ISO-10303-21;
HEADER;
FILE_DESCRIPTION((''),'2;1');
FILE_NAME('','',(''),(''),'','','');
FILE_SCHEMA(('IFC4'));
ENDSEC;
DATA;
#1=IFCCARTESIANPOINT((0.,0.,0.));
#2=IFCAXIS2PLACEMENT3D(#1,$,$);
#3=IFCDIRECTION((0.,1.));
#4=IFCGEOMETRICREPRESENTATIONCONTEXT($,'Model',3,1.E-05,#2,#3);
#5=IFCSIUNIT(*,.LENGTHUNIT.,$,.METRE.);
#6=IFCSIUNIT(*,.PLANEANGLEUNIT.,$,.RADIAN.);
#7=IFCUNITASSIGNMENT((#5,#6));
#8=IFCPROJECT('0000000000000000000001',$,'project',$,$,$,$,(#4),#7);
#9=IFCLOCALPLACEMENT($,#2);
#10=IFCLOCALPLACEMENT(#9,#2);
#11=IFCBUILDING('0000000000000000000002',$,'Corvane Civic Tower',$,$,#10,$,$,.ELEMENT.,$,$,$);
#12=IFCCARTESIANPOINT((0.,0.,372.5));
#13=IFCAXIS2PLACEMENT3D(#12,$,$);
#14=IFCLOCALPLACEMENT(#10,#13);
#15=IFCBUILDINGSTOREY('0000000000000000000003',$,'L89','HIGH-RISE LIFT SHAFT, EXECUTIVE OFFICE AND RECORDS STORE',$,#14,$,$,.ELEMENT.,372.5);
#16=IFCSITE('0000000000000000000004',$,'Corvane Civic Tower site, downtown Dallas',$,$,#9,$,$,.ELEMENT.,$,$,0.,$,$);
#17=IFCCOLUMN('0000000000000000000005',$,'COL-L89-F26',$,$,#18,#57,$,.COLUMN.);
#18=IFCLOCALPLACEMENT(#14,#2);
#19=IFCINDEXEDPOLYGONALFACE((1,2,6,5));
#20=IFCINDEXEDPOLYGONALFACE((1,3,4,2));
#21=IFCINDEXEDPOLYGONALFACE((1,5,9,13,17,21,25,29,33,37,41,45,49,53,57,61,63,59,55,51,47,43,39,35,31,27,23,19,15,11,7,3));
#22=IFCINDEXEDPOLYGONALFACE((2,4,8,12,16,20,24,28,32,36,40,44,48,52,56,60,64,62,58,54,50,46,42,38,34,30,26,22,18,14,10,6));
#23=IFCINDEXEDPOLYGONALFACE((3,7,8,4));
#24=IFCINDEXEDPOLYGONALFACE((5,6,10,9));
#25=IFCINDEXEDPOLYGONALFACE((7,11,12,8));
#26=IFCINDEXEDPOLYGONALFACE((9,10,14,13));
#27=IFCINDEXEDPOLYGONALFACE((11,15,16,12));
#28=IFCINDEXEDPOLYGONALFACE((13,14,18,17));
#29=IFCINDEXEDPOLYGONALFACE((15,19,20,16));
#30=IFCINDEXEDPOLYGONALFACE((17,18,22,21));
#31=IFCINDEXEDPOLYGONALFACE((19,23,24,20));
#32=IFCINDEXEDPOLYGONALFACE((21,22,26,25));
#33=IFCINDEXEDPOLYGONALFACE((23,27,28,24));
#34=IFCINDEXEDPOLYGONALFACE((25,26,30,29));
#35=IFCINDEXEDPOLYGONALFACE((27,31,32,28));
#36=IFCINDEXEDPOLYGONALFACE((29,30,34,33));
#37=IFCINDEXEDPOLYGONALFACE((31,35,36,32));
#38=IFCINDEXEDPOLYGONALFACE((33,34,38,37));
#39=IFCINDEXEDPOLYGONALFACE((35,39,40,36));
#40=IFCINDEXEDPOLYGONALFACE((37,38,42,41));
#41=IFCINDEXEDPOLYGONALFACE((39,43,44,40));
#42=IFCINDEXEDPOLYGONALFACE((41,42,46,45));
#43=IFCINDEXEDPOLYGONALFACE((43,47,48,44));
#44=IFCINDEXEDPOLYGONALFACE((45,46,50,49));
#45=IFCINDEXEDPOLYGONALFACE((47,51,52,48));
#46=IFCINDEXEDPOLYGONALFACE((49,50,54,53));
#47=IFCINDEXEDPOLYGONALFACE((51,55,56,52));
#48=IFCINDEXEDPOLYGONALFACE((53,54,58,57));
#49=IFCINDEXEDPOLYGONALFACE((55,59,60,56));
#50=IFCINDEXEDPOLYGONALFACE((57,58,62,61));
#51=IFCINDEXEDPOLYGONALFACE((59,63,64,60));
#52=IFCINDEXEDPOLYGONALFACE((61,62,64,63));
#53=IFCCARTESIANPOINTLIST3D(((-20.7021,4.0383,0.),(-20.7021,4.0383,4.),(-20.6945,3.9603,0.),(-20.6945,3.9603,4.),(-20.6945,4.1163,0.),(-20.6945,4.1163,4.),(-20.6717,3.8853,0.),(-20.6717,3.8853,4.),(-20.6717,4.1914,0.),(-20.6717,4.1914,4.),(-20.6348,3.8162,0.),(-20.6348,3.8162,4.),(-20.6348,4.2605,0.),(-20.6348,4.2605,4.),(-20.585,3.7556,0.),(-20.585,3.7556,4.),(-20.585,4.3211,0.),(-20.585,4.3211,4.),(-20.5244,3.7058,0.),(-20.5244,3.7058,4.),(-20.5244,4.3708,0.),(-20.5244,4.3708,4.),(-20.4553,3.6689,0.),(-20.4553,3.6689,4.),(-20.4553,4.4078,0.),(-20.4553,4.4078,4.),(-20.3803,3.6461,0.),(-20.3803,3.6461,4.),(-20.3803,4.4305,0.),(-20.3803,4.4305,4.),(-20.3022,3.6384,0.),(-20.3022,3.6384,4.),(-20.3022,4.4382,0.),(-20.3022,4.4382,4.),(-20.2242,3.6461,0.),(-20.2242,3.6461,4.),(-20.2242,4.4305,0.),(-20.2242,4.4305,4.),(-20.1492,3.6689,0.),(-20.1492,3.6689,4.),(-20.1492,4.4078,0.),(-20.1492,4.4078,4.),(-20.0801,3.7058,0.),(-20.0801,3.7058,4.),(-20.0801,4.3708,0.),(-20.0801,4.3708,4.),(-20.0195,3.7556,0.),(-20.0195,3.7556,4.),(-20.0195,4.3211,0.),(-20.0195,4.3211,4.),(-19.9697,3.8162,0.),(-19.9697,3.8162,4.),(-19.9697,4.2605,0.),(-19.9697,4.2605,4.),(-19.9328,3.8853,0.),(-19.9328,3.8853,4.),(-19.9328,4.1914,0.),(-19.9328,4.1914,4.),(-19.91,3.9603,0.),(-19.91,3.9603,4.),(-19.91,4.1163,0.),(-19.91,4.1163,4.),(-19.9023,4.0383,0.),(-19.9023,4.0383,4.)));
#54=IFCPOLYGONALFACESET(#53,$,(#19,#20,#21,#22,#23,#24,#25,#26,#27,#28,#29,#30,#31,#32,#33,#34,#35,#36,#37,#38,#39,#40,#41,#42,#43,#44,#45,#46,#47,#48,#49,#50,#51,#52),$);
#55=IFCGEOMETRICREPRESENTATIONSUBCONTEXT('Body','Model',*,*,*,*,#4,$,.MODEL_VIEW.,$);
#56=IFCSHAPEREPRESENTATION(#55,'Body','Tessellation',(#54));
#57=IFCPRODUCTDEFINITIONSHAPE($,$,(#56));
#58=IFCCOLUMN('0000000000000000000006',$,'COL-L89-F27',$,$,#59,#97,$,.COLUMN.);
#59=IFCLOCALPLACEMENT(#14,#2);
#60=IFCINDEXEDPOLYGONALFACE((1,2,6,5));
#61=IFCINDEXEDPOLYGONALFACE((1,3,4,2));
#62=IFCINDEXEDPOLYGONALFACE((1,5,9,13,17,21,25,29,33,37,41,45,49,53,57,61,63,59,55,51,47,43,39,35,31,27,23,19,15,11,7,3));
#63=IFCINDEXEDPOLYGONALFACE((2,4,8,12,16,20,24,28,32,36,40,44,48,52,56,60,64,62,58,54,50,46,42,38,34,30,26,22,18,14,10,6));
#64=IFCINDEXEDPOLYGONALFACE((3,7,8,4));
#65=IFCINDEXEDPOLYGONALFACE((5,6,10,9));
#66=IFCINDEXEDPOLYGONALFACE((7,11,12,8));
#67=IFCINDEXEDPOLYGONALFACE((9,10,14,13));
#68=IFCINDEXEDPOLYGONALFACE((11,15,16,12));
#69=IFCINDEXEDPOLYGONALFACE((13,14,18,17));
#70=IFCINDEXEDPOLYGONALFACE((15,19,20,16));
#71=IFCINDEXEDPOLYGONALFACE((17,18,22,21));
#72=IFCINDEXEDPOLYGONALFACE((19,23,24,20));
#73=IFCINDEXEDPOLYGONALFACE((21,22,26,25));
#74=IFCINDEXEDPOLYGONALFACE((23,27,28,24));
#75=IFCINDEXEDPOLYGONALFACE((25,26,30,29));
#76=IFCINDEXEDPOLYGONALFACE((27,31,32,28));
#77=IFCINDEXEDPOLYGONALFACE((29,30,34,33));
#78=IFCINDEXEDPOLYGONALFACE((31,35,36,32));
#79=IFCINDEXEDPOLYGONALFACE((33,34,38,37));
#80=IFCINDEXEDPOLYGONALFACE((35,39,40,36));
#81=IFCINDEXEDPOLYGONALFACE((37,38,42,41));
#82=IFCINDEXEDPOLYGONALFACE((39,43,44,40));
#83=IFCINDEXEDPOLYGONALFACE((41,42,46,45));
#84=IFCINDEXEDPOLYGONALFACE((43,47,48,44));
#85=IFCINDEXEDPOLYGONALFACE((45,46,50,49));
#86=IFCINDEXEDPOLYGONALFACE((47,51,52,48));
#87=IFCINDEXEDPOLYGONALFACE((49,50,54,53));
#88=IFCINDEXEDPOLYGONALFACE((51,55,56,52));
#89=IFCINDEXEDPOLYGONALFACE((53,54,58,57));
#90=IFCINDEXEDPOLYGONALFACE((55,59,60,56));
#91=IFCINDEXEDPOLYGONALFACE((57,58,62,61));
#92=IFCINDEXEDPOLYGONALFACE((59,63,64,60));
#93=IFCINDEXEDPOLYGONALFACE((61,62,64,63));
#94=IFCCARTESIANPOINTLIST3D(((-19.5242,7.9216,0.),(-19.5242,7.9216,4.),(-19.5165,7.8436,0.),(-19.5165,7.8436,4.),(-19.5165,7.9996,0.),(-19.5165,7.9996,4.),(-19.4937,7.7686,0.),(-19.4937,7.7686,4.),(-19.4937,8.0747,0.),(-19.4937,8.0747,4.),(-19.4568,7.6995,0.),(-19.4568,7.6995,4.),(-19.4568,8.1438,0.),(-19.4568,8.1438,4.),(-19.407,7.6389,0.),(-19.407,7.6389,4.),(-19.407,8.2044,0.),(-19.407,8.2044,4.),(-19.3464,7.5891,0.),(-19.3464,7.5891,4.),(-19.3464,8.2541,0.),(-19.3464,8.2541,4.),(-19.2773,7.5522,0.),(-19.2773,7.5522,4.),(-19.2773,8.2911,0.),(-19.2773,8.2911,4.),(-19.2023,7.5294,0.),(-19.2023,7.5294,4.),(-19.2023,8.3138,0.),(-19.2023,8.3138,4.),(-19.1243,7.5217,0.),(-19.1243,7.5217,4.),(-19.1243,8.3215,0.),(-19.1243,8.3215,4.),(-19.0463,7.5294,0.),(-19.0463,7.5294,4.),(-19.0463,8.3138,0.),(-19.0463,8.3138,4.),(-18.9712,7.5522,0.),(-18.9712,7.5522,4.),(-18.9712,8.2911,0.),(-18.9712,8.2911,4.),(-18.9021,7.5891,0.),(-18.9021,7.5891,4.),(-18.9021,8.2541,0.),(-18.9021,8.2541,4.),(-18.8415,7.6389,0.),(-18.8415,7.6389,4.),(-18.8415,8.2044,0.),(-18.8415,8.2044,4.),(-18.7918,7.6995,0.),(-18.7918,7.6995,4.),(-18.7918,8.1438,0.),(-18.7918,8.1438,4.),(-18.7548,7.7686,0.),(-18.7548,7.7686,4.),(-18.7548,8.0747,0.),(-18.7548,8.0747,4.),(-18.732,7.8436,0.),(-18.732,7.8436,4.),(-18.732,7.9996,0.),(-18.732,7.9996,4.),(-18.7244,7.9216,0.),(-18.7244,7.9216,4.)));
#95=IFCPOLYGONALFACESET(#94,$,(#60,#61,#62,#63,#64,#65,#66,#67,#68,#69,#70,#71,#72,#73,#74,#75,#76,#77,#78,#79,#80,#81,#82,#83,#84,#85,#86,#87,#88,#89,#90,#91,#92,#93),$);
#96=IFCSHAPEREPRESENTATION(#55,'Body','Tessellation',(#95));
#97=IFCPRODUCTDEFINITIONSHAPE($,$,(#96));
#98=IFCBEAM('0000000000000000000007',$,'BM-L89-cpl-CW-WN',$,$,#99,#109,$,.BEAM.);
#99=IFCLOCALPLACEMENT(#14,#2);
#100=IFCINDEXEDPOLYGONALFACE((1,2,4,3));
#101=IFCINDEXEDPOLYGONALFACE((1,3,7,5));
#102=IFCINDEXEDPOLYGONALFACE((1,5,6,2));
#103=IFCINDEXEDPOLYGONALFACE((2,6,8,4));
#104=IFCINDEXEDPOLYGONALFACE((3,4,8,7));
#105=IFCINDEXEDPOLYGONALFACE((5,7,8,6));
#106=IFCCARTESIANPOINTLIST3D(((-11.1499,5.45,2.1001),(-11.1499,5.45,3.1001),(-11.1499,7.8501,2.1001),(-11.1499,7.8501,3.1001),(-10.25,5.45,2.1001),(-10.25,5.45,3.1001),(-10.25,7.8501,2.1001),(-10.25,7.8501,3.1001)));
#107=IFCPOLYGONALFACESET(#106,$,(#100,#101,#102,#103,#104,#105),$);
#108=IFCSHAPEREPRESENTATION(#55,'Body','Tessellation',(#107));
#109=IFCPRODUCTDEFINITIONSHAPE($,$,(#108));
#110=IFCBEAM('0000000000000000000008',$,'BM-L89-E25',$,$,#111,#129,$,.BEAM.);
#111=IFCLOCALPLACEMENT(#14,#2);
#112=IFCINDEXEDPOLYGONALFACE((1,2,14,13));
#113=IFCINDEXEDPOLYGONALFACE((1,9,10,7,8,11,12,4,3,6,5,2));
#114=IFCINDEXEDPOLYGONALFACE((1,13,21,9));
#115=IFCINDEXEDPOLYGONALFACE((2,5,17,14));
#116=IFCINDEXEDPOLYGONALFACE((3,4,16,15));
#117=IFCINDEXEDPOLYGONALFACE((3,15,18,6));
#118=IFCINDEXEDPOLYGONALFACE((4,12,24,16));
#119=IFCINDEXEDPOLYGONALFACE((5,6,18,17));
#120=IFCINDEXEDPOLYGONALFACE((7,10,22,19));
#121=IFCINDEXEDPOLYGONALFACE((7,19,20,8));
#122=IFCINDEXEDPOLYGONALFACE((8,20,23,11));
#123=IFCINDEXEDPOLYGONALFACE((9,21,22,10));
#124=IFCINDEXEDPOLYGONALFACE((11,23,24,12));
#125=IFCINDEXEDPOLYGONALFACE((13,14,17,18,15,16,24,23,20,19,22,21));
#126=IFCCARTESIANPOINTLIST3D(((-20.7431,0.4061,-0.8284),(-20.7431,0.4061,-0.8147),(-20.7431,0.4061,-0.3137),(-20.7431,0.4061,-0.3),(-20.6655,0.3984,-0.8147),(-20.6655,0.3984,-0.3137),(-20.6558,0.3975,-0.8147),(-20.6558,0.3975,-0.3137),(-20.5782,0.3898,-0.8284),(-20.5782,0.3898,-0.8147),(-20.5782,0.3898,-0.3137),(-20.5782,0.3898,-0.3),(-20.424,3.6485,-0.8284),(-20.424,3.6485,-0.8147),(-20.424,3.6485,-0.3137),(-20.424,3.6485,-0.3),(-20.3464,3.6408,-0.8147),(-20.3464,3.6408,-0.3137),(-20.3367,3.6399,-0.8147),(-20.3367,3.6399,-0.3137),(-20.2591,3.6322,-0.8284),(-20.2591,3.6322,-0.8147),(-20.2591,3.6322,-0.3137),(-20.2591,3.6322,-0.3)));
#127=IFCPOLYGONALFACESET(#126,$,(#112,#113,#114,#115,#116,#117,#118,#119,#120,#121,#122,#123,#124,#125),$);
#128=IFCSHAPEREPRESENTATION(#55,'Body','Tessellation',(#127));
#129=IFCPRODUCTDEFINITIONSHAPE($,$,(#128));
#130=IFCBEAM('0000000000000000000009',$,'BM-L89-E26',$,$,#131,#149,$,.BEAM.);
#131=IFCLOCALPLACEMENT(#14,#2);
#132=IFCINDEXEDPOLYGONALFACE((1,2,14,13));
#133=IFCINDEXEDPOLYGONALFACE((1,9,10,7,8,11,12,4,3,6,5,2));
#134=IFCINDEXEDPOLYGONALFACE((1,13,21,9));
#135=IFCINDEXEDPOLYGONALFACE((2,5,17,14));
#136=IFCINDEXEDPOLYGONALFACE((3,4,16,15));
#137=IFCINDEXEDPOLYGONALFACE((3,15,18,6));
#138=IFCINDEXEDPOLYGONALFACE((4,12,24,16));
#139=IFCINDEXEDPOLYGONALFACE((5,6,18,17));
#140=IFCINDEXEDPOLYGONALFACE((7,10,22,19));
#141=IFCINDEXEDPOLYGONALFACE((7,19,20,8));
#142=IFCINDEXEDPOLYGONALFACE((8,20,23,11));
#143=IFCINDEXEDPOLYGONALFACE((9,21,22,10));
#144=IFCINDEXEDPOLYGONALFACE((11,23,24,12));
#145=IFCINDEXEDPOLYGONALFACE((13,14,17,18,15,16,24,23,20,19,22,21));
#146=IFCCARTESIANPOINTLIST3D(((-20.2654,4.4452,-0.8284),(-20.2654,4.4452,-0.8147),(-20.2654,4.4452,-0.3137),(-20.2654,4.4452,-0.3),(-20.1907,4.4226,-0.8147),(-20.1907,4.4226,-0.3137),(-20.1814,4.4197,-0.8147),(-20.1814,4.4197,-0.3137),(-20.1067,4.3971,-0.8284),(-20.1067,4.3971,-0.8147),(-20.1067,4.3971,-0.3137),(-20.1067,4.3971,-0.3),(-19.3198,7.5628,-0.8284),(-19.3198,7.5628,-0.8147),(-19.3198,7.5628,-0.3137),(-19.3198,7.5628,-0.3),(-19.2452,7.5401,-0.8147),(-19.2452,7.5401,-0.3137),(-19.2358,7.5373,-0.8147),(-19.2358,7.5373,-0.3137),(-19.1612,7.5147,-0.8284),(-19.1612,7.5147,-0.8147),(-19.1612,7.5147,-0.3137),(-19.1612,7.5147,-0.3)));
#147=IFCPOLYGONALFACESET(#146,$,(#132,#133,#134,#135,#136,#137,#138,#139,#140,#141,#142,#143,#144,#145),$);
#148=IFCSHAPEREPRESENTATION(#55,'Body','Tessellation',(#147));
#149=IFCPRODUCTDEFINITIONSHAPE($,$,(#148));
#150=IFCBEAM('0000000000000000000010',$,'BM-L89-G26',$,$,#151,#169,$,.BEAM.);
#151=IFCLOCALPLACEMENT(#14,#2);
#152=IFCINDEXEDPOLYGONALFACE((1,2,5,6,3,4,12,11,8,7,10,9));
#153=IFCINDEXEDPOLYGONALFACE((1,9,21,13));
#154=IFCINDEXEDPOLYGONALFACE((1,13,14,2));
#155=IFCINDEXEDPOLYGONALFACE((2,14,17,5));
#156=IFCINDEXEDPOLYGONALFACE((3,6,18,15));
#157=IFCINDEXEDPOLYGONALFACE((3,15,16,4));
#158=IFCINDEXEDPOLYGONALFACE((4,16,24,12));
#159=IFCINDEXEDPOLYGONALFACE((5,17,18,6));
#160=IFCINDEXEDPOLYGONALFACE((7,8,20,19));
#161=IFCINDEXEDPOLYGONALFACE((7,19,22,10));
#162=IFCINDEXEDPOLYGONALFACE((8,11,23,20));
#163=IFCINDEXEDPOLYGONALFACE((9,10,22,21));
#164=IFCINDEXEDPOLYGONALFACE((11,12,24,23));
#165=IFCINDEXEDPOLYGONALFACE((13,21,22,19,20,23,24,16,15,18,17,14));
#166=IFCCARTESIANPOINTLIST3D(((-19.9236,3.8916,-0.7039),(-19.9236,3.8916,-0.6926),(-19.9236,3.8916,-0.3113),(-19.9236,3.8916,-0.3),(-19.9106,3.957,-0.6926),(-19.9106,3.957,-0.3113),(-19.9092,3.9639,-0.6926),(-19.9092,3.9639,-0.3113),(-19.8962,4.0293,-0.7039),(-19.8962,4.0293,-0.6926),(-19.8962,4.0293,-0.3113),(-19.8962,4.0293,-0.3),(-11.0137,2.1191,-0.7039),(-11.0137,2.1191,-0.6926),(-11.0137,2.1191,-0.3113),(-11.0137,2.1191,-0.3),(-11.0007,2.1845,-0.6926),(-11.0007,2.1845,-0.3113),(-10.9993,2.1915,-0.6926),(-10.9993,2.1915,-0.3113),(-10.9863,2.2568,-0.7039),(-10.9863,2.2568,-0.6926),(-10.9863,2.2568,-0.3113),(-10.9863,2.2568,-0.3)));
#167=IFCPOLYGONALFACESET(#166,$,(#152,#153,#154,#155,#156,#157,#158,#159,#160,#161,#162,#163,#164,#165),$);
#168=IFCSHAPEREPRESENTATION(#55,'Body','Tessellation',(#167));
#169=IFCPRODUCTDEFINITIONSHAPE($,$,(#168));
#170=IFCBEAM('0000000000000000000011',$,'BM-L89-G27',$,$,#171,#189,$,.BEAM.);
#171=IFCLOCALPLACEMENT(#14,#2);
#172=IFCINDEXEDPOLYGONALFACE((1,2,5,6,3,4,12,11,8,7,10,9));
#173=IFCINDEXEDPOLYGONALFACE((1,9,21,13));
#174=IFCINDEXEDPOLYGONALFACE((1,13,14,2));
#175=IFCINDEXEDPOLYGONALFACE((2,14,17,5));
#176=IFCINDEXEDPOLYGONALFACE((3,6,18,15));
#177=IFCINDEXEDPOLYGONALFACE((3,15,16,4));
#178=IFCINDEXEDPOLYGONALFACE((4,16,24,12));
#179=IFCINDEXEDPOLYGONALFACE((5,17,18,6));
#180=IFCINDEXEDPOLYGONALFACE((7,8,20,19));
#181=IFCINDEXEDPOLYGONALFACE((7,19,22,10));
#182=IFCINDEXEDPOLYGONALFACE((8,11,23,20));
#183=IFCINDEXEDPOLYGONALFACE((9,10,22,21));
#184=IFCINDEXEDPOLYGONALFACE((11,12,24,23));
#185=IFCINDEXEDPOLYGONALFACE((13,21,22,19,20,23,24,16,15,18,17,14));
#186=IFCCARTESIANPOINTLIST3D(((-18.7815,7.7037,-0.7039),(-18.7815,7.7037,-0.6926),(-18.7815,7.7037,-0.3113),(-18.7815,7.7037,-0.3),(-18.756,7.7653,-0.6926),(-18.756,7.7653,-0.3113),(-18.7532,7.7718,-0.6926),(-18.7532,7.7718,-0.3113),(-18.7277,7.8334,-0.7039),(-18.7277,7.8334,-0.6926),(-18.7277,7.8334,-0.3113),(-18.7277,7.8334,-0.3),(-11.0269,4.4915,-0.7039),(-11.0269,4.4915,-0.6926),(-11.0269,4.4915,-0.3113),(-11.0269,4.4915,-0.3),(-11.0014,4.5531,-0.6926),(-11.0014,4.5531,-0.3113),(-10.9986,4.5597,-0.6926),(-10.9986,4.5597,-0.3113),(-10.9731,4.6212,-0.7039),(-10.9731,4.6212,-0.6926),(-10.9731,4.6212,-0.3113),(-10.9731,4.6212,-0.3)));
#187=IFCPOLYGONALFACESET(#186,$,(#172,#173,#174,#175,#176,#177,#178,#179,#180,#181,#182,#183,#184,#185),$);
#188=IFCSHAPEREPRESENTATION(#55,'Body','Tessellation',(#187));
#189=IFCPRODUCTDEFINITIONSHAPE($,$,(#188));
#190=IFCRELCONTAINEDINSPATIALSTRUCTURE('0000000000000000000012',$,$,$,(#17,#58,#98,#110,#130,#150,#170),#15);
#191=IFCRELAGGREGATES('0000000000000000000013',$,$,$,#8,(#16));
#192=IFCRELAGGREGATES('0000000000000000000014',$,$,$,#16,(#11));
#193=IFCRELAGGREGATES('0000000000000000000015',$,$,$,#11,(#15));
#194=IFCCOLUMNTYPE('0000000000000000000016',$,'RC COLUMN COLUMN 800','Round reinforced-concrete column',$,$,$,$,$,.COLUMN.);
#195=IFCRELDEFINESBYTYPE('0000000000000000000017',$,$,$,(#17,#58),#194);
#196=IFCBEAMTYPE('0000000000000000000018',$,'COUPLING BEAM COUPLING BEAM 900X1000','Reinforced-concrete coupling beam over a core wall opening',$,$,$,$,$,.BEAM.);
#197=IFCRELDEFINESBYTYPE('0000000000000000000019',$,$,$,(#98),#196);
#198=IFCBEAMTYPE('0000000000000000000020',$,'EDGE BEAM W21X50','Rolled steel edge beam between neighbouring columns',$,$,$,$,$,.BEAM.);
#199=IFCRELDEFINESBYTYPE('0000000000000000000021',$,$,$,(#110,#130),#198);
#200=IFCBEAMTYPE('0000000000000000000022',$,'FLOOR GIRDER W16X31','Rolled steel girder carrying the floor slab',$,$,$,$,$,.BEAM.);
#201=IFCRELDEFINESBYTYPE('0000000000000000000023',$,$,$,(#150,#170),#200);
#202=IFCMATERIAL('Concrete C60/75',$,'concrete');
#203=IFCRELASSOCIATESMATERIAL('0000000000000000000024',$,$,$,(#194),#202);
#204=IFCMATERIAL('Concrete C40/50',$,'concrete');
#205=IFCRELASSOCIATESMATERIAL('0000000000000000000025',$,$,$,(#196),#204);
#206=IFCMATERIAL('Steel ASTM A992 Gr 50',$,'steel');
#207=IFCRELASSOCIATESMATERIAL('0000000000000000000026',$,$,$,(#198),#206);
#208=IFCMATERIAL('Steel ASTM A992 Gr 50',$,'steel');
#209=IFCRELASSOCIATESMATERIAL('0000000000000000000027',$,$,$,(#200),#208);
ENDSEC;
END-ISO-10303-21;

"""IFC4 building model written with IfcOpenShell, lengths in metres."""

from ifc_helpers import new_model, si_unit, direction, frame, origin, origin_2d, place, context, subcontext, project, spatial, rectangle, circle, i_section, extrude, material, material_profile, profile_set, type_object, element, save


model = new_model("IFC4")

# Units and contexts
model_context = context("Model", 3, precision=1e-05, world=origin(), true_north=direction((0.0, 1.0)))
body_context = subcontext(model_context, "Body", "Model", "MODEL_VIEW")
ifc_project = project(units=[si_unit("LENGTHUNIT", "METRE"), si_unit("PLANEANGLEUNIT", "RADIAN")], contexts=[model_context])

# Site, building, storey
site_placement = place(None, origin())
site = spatial("IfcSite", under=ifc_project, at=site_placement, Name="Corvane Civic Tower site, downtown Dallas", CompositionType="ELEMENT", RefElevation=0.0)
building_placement = place(site_placement, origin())
building = spatial("IfcBuilding", under=site, at=building_placement, Name="Corvane Civic Tower", CompositionType="ELEMENT")
storey_placement = place(building_placement, frame((0.0, 0.0, 372.5)))
storey = spatial("IfcBuildingStorey", under=building, at=storey_placement, Name="L89", Description="HIGH-RISE LIFT SHAFT, EXECUTIVE OFFICE AND RECORDS STORE", CompositionType="ELEMENT", Elevation=372.5)

# Columns
ifc_material_1 = material(Name="Concrete C60/75", Category="concrete")
ifc_material_profile_1 = material_profile(ifc_material_1, circle(Radius=0.3999, at=origin_2d()), Name="COLUMN 800")
ifc_profile_set_1 = profile_set([ifc_material_profile_1], Name="Concrete C60/75")
column_type = type_object("IfcColumnType", Name="RC COLUMN COLUMN 800", Description="Round reinforced-concrete column", PredefinedType="COLUMN", material=ifc_profile_set_1)
for number, where, z_axis, x_axis, name in (
    (1, (-20.3022, 4.0383, 0.0), (0.0, 0.0, 1.0), (1.0, 0.0, 0.0), "COL-L89-F26"),
    (2, (-19.1243, 7.9216, 0.0), (0.0, 0.0, 1.0), (1.0, 0.0, 0.0), "COL-L89-F27"),
):
    element("IfcColumn", number, at=place(storey_placement, frame(where, z_axis=z_axis, x_axis=x_axis)), inside=storey, type_object=column_type, Name=name, PredefinedType="COLUMN", context=body_context, shape_type="SweptSolid", body=[
        extrude(circle(Radius=0.3999, at=origin_2d()), origin(), (0.0, 0.0, 1.0), 4.0),
    ])

# Beams
ifc_material_2 = material(Name="Concrete C40/50", Category="concrete")
ifc_material_profile_2 = material_profile(ifc_material_2, rectangle(XDim=0.8999, YDim=1.0, at=origin_2d()), Name="COUPLING BEAM 900X1000")
ifc_profile_set_2 = profile_set([ifc_material_profile_2], Name="Concrete C40/50")
beam_type_1 = type_object("IfcBeamType", Name="COUPLING BEAM COUPLING BEAM 900X1000", Description="Reinforced-concrete coupling beam over a core wall opening", PredefinedType="BEAM", material=ifc_profile_set_2)
beam_1_placement = place(storey_placement, frame((-10.7, 5.45, 2.6001), z_axis=(0.0, 1.0, 0.0), x_axis=(-1.0, 0.0, 0.0)))
element("IfcBeam", 3, at=beam_1_placement, inside=storey, type_object=beam_type_1, Name="BM-L89-cpl-CW-WN", PredefinedType="BEAM", context=body_context, shape_type="SweptSolid", body=[
    extrude(rectangle(XDim=0.8999, YDim=1.0, at=origin_2d()), origin(), (0.0, 0.0, 1.0), 2.4001),
])
ifc_material_3 = material(Name="Steel ASTM A992 Gr 50", Category="steel")
ifc_material_profile_3 = material_profile(ifc_material_3, i_section(OverallWidth=0.1658, OverallDepth=0.5283, WebThickness=0.0098, FlangeThickness=0.0137, at=origin_2d()), Name="W21X50")
ifc_profile_set_3 = profile_set([ifc_material_profile_3], Name="Steel ASTM A992 Gr 50")
beam_type_2 = type_object("IfcBeamType", Name="EDGE BEAM W21X50", Description="Rolled steel edge beam between neighbouring columns", PredefinedType="BEAM", material=ifc_profile_set_3)
beam_2_placement = place(storey_placement, frame((-20.6606, 0.3979, -0.5642), z_axis=(0.097938, 0.995193, 0.0), x_axis=(-0.995193, 0.097938, 0.0)))
element("IfcBeam", 4, at=beam_2_placement, inside=storey, type_object=beam_type_2, Name="BM-L89-E25", PredefinedType="BEAM", context=body_context, shape_type="SweptSolid", body=[
    extrude(i_section(OverallWidth=0.1658, OverallDepth=0.5283, WebThickness=0.0098, FlangeThickness=0.0137, at=origin_2d()), origin(), (0.0, 0.0, 1.0), 3.2581),
])
beam_3_placement = place(storey_placement, frame((-20.186, 4.4211, -0.5642), z_axis=(0.290234, 0.956956, 0.0), x_axis=(-0.956956, 0.290234, 0.0)))
element("IfcBeam", 5, at=beam_3_placement, inside=storey, type_object=beam_type_2, Name="BM-L89-E26", PredefinedType="BEAM", context=body_context, shape_type="SweptSolid", body=[
    extrude(i_section(OverallWidth=0.1658, OverallDepth=0.5283, WebThickness=0.0098, FlangeThickness=0.0137, at=origin_2d()), origin(), (0.0, 0.0, 1.0), 3.2578),
])
ifc_material_4 = material(Name="Steel ASTM A992 Gr 50", Category="steel")
ifc_material_profile_4 = material_profile(ifc_material_4, i_section(OverallWidth=0.1404, OverallDepth=0.4038, WebThickness=0.0071, FlangeThickness=0.0112, at=origin_2d()), Name="W16X31")
ifc_profile_set_4 = profile_set([ifc_material_profile_4], Name="Steel ASTM A992 Gr 50")
beam_type_3 = type_object("IfcBeamType", Name="FLOOR GIRDER W16X31", Description="Rolled steel girder carrying the floor slab", PredefinedType="BEAM", material=ifc_profile_set_4)
beam_4_placement = place(storey_placement, frame((-11.0, 2.188, -0.502), z_axis=(-0.980782, 0.195108, 0.0), x_axis=(-0.195108, -0.980782, 0.0)))
element("IfcBeam", 6, at=beam_4_placement, inside=storey, type_object=beam_type_3, Name="BM-L89-G26", PredefinedType="BEAM", context=body_context, shape_type="SweptSolid", body=[
    extrude(i_section(OverallWidth=0.1404, OverallDepth=0.4038, WebThickness=0.0071, FlangeThickness=0.0112, at=origin_2d()), origin(), (0.0, 0.0, 1.0), 9.0845),
])
beam_5_placement = place(storey_placement, frame((-11.0, 4.5564, -0.502), z_axis=(-0.923876, 0.382692, 0.0), x_axis=(-0.382692, -0.923876, 0.0)))
element("IfcBeam", 7, at=beam_5_placement, inside=storey, type_object=beam_type_3, Name="BM-L89-G27", PredefinedType="BEAM", context=body_context, shape_type="SweptSolid", body=[
    extrude(i_section(OverallWidth=0.1404, OverallDepth=0.4038, WebThickness=0.0071, FlangeThickness=0.0112, at=origin_2d()), origin(), (0.0, 0.0, 1.0), 8.3936),
])

save(model, "model.ifc")
